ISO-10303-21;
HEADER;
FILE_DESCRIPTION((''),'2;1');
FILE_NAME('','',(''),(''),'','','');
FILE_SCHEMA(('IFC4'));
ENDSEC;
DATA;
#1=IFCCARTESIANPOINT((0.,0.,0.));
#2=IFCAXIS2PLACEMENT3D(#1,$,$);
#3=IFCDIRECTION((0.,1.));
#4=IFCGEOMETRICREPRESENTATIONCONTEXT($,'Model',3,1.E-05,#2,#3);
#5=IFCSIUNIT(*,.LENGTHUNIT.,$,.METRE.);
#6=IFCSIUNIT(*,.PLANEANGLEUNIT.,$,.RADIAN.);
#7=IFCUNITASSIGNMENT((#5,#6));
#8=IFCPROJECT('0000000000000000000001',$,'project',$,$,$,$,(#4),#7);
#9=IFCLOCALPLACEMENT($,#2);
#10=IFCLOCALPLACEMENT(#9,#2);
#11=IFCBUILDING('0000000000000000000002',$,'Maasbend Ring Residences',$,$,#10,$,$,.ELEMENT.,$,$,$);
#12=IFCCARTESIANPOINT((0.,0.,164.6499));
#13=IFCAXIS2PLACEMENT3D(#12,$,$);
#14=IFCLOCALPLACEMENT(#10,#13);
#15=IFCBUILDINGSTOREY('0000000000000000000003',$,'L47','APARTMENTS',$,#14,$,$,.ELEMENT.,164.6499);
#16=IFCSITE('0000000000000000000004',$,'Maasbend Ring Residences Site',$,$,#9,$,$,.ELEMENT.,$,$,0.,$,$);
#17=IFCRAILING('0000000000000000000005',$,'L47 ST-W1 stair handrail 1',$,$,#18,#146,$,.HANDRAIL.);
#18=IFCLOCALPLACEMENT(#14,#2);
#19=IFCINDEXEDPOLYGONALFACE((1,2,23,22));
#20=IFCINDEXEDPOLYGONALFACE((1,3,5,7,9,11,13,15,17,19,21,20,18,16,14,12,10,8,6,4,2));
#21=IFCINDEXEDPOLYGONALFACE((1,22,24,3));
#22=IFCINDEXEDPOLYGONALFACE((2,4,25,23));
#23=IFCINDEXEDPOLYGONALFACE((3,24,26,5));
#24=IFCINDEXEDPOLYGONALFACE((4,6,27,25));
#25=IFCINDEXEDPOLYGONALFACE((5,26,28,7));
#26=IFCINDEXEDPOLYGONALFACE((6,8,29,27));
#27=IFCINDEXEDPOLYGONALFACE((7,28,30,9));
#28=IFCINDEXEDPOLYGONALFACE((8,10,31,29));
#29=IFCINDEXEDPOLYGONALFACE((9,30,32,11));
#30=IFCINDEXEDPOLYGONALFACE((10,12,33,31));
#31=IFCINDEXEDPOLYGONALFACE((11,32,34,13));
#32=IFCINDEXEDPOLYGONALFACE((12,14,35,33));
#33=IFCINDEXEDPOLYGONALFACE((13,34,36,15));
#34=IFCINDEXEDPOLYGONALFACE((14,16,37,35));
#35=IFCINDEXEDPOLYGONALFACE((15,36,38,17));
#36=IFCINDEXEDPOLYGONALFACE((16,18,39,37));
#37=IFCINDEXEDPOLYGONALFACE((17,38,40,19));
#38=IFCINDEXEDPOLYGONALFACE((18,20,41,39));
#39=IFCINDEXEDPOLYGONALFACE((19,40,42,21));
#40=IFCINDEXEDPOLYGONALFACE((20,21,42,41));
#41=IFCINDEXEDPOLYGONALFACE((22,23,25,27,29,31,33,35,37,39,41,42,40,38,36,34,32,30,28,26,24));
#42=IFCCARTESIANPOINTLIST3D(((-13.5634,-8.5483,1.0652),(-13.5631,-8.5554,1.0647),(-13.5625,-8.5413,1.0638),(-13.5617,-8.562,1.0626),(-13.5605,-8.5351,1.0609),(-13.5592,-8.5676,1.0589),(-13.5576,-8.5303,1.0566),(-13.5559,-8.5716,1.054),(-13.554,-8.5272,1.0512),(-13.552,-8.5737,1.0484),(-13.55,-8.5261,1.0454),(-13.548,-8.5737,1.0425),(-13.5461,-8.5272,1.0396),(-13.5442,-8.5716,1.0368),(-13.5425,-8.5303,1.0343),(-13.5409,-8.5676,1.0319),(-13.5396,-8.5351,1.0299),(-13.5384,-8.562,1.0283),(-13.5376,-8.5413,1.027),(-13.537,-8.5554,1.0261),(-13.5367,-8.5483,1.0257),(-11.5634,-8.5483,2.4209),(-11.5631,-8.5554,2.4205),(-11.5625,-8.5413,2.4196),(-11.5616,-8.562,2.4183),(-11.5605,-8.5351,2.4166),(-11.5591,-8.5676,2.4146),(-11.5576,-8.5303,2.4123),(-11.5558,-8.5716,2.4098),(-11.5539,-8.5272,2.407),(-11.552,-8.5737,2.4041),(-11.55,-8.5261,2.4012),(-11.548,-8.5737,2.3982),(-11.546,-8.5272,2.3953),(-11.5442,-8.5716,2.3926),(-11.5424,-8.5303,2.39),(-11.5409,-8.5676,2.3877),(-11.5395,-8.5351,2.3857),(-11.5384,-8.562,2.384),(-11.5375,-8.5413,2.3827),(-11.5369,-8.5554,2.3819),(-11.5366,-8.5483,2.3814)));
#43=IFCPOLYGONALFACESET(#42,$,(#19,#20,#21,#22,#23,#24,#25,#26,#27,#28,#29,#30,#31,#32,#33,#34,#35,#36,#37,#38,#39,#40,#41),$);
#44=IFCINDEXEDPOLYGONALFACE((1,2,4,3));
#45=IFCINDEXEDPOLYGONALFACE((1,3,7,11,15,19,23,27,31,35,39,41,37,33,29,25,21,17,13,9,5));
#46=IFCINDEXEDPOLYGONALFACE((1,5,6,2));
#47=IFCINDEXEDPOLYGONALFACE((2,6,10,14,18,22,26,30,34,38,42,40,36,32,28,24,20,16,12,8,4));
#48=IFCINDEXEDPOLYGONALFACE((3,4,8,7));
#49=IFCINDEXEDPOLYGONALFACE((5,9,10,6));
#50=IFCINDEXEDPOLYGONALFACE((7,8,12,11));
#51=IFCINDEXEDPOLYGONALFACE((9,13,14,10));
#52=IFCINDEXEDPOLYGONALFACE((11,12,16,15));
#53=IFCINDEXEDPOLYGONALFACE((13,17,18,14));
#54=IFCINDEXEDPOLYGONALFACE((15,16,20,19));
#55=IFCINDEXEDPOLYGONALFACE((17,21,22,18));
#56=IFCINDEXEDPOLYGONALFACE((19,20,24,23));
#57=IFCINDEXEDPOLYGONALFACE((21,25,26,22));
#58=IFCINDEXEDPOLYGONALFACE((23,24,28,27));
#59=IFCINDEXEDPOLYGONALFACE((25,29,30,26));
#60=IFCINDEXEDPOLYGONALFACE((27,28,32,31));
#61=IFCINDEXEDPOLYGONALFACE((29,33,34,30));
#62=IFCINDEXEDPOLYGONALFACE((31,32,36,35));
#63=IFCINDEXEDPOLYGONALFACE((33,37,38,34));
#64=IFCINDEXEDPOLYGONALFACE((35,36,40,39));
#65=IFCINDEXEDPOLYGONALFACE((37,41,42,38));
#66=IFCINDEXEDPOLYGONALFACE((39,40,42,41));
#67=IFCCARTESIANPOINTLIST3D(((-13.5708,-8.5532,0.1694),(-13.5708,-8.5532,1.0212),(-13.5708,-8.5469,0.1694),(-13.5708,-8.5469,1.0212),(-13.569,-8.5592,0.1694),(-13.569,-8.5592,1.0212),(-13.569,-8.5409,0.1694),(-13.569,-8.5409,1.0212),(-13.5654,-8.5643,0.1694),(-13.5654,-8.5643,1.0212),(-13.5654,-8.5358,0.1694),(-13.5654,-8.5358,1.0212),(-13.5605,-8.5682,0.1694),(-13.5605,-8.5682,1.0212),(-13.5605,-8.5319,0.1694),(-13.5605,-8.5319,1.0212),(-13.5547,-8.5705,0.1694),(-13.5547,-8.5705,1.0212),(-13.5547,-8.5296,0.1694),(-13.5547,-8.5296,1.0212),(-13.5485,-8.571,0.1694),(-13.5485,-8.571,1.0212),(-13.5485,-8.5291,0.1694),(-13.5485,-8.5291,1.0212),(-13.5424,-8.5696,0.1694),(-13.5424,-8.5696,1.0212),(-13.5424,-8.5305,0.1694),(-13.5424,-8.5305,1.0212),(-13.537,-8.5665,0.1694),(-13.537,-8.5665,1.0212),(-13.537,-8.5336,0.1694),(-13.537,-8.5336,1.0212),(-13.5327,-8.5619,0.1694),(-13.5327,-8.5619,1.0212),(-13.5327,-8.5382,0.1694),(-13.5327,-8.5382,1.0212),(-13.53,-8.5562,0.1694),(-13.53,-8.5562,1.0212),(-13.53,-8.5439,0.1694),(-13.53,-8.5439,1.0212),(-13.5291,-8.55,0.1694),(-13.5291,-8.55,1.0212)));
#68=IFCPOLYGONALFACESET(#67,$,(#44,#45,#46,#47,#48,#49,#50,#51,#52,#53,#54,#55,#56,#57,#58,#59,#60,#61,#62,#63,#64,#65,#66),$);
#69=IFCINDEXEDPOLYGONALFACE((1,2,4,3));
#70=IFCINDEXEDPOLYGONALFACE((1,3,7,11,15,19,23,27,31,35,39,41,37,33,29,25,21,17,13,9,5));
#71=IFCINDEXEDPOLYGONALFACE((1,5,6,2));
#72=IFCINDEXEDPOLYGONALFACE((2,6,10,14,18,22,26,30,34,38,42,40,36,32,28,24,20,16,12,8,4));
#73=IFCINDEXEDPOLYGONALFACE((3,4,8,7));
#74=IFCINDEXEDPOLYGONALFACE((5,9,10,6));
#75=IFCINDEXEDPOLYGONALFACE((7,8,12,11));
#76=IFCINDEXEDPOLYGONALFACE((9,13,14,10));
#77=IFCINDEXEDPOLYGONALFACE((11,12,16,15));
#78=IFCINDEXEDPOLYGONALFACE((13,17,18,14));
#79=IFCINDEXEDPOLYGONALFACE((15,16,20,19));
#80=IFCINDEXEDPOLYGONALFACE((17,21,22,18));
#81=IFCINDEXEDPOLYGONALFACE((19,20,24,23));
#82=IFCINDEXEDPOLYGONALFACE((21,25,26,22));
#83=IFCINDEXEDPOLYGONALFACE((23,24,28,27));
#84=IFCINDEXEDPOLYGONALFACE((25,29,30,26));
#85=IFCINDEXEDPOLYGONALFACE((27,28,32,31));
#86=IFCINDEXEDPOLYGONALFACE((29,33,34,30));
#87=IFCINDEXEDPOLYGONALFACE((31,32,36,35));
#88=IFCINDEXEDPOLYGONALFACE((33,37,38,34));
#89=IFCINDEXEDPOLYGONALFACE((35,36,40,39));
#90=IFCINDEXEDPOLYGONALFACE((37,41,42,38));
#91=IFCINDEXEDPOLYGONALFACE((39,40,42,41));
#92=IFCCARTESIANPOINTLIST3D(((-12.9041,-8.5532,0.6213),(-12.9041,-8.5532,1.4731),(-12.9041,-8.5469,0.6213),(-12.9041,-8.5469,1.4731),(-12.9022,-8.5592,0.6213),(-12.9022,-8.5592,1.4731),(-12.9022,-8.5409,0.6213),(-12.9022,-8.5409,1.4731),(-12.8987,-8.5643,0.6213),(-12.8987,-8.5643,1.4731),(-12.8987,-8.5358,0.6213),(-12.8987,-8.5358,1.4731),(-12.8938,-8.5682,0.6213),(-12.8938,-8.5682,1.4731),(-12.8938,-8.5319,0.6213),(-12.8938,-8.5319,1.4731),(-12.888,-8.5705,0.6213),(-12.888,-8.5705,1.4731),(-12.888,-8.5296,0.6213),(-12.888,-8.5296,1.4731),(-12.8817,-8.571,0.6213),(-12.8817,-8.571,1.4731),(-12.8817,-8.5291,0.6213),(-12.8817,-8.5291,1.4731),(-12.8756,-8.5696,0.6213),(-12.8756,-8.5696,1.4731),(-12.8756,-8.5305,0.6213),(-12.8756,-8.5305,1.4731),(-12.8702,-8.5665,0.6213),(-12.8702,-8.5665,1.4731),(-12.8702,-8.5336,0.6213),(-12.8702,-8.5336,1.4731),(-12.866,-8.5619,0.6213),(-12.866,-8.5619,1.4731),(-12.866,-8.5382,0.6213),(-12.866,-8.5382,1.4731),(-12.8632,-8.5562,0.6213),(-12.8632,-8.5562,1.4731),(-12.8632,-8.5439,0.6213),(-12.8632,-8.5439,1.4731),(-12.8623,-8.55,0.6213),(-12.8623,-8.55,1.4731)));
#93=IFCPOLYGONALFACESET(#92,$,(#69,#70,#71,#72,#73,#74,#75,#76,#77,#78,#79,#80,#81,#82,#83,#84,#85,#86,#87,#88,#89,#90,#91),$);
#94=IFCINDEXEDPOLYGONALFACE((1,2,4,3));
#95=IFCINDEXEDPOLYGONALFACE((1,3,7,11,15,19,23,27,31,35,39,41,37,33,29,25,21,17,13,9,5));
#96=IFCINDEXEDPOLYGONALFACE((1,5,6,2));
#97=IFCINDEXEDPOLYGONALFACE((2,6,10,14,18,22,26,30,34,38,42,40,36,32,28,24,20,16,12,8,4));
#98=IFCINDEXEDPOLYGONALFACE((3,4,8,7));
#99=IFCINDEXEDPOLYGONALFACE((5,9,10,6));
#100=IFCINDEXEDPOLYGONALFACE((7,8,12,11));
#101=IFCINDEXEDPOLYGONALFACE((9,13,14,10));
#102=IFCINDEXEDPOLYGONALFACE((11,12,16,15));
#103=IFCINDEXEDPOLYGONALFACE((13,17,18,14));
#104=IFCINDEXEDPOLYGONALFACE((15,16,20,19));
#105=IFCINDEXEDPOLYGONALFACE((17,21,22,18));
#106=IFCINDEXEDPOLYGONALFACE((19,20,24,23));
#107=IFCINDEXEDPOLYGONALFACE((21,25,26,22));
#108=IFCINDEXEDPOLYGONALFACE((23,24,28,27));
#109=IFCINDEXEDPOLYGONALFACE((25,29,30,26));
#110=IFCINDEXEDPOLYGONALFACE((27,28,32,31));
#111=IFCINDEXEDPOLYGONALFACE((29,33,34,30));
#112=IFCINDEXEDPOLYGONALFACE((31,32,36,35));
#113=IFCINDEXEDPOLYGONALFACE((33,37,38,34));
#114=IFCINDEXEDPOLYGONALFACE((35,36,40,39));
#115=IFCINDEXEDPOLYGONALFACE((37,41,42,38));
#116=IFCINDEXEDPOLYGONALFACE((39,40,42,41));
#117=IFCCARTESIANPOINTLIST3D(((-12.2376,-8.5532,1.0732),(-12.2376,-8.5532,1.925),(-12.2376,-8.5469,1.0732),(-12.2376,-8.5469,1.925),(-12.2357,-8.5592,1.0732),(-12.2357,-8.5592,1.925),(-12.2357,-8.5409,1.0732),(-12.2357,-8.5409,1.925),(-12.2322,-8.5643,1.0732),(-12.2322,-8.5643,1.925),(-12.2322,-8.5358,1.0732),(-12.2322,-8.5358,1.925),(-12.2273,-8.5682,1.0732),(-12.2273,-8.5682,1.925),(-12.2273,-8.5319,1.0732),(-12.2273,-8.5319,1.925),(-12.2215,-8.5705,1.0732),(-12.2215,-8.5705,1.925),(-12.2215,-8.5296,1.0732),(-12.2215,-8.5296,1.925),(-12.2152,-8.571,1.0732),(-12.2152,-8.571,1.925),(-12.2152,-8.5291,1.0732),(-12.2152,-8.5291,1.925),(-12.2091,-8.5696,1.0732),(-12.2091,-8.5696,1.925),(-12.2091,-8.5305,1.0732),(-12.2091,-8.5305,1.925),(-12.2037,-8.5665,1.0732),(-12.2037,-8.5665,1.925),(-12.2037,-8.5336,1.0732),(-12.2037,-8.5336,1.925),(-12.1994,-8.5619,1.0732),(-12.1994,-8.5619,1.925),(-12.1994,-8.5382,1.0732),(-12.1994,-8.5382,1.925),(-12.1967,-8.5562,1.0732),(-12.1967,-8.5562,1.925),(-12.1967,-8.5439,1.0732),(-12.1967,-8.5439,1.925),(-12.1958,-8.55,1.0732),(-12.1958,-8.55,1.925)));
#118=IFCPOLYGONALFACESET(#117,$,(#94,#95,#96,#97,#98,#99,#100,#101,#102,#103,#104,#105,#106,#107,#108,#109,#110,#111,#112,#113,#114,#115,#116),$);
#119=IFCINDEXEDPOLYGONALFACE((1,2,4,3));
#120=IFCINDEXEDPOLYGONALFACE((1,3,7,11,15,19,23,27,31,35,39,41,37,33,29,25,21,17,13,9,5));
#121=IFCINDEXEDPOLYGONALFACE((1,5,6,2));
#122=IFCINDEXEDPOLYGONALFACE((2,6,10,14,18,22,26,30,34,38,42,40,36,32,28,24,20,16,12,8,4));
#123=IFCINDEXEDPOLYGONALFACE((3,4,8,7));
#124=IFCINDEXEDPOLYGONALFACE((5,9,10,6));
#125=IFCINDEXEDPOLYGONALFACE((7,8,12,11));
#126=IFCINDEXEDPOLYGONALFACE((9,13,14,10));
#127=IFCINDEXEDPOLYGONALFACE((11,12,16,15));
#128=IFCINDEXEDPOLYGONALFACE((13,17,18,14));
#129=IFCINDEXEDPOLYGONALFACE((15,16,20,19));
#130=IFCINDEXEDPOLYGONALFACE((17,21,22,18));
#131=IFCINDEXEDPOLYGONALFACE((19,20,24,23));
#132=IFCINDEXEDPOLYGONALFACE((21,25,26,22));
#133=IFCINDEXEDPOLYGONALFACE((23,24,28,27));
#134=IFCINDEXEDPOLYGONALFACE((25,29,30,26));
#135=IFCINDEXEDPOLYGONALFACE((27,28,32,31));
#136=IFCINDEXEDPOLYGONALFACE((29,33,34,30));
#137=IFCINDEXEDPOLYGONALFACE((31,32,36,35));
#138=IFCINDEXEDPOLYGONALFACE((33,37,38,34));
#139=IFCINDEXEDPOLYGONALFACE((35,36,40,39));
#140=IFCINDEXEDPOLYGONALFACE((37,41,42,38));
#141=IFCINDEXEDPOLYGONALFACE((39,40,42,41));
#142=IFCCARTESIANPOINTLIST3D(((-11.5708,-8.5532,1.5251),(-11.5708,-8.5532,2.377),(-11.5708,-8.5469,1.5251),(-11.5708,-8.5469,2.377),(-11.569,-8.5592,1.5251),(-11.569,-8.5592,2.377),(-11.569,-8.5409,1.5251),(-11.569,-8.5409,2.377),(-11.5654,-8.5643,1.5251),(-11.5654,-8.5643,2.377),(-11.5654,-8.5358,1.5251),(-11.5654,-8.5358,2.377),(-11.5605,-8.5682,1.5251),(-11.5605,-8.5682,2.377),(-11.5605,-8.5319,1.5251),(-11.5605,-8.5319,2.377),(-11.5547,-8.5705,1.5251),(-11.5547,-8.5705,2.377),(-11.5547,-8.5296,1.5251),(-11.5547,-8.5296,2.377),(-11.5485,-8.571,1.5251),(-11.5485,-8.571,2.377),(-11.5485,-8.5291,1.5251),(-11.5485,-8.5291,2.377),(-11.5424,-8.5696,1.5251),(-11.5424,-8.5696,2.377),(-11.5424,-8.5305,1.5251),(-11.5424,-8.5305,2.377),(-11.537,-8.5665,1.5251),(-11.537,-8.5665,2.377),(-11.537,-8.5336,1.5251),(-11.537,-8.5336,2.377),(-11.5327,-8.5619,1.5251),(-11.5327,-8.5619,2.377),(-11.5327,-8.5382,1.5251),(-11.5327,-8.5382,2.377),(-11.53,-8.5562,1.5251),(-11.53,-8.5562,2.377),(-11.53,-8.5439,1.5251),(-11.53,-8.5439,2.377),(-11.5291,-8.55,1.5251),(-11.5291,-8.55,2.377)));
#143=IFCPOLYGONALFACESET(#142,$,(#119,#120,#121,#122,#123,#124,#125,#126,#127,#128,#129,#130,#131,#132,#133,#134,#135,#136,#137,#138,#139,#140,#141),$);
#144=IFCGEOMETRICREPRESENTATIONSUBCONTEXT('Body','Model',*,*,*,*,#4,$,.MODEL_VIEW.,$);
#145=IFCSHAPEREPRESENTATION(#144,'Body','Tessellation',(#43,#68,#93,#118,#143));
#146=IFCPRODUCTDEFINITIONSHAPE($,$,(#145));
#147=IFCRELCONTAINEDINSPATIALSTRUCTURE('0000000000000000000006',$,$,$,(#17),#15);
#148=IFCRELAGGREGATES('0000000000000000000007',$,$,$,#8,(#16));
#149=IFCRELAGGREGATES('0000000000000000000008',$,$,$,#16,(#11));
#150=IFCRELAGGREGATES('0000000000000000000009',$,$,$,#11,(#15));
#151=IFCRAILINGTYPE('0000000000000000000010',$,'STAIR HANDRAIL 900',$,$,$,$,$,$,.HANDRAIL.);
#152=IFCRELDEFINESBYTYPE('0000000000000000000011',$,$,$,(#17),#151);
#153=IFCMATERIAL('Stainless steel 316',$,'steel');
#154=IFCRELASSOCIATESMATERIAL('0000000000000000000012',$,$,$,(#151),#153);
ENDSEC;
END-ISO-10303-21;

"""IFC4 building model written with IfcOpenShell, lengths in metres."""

from ifc_helpers import new_model, si_unit, direction, frame, origin, origin_2d, place, context, subcontext, project, spatial, circle, extrude, material, type_object, element, save


model = new_model("IFC4")

# Units and contexts
model_context = context("Model", 3, precision=1e-05, world=origin(), true_north=direction((0.0, 1.0)))
body_context = subcontext(model_context, "Body", "Model", "MODEL_VIEW")
ifc_project = project(units=[si_unit("LENGTHUNIT", "METRE"), si_unit("PLANEANGLEUNIT", "RADIAN")], contexts=[model_context])

# Site, building, storey
site_placement = place(None, origin())
site = spatial("IfcSite", under=ifc_project, at=site_placement, Name="Maasbend Ring Residences Site", CompositionType="ELEMENT", RefElevation=0.0)
building_placement = place(site_placement, origin())
building = spatial("IfcBuilding", under=site, at=building_placement, Name="Maasbend Ring Residences", CompositionType="ELEMENT")
storey_placement = place(building_placement, frame((0.0, 0.0, 164.6499)))
storey = spatial("IfcBuildingStorey", under=building, at=storey_placement, Name="L47", Description="APARTMENTS", CompositionType="ELEMENT", Elevation=164.6499)

# Railing
ifc_material_1 = material(Name="Stainless steel 316", Category="steel")
railing_type_1 = type_object("IfcRailingType", Name="STAIR HANDRAIL 900", PredefinedType="HANDRAIL", material=ifc_material_1)
railing_1_placement = place(storey_placement, frame((-13.55, -8.55, 0.1694)))
element("IfcRailing", 1, at=railing_1_placement, inside=storey, type_object=railing_type_1, Name="L47 ST-W1 stair handrail 1", PredefinedType="HANDRAIL", context=body_context, shape_type="SweptSolid", body=[
    extrude(circle(Radius=0.0239, at=origin_2d()), frame((0.0, 0.0, 0.876), z_axis=(0.827751, 0.0, 0.561096), x_axis=(0.0, 1.0, 0.0)), (0.0, 0.0, 1.0), 2.4163),
    extrude(circle(Radius=0.021, at=origin_2d()), origin(), (0.0, 0.0, 1.0), 0.8518),
    extrude(circle(Radius=0.021, at=origin_2d()), frame((0.6667, 0.0, 0.4519)), (0.0, 0.0, 1.0), 0.8518),
    extrude(circle(Radius=0.021, at=origin_2d()), frame((1.3333, 0.0, 0.9038)), (0.0, 0.0, 1.0), 0.8518),
    extrude(circle(Radius=0.021, at=origin_2d()), frame((2.0, 0.0, 1.3557)), (0.0, 0.0, 1.0), 0.8518),
])

save(model, "model.ifc")
